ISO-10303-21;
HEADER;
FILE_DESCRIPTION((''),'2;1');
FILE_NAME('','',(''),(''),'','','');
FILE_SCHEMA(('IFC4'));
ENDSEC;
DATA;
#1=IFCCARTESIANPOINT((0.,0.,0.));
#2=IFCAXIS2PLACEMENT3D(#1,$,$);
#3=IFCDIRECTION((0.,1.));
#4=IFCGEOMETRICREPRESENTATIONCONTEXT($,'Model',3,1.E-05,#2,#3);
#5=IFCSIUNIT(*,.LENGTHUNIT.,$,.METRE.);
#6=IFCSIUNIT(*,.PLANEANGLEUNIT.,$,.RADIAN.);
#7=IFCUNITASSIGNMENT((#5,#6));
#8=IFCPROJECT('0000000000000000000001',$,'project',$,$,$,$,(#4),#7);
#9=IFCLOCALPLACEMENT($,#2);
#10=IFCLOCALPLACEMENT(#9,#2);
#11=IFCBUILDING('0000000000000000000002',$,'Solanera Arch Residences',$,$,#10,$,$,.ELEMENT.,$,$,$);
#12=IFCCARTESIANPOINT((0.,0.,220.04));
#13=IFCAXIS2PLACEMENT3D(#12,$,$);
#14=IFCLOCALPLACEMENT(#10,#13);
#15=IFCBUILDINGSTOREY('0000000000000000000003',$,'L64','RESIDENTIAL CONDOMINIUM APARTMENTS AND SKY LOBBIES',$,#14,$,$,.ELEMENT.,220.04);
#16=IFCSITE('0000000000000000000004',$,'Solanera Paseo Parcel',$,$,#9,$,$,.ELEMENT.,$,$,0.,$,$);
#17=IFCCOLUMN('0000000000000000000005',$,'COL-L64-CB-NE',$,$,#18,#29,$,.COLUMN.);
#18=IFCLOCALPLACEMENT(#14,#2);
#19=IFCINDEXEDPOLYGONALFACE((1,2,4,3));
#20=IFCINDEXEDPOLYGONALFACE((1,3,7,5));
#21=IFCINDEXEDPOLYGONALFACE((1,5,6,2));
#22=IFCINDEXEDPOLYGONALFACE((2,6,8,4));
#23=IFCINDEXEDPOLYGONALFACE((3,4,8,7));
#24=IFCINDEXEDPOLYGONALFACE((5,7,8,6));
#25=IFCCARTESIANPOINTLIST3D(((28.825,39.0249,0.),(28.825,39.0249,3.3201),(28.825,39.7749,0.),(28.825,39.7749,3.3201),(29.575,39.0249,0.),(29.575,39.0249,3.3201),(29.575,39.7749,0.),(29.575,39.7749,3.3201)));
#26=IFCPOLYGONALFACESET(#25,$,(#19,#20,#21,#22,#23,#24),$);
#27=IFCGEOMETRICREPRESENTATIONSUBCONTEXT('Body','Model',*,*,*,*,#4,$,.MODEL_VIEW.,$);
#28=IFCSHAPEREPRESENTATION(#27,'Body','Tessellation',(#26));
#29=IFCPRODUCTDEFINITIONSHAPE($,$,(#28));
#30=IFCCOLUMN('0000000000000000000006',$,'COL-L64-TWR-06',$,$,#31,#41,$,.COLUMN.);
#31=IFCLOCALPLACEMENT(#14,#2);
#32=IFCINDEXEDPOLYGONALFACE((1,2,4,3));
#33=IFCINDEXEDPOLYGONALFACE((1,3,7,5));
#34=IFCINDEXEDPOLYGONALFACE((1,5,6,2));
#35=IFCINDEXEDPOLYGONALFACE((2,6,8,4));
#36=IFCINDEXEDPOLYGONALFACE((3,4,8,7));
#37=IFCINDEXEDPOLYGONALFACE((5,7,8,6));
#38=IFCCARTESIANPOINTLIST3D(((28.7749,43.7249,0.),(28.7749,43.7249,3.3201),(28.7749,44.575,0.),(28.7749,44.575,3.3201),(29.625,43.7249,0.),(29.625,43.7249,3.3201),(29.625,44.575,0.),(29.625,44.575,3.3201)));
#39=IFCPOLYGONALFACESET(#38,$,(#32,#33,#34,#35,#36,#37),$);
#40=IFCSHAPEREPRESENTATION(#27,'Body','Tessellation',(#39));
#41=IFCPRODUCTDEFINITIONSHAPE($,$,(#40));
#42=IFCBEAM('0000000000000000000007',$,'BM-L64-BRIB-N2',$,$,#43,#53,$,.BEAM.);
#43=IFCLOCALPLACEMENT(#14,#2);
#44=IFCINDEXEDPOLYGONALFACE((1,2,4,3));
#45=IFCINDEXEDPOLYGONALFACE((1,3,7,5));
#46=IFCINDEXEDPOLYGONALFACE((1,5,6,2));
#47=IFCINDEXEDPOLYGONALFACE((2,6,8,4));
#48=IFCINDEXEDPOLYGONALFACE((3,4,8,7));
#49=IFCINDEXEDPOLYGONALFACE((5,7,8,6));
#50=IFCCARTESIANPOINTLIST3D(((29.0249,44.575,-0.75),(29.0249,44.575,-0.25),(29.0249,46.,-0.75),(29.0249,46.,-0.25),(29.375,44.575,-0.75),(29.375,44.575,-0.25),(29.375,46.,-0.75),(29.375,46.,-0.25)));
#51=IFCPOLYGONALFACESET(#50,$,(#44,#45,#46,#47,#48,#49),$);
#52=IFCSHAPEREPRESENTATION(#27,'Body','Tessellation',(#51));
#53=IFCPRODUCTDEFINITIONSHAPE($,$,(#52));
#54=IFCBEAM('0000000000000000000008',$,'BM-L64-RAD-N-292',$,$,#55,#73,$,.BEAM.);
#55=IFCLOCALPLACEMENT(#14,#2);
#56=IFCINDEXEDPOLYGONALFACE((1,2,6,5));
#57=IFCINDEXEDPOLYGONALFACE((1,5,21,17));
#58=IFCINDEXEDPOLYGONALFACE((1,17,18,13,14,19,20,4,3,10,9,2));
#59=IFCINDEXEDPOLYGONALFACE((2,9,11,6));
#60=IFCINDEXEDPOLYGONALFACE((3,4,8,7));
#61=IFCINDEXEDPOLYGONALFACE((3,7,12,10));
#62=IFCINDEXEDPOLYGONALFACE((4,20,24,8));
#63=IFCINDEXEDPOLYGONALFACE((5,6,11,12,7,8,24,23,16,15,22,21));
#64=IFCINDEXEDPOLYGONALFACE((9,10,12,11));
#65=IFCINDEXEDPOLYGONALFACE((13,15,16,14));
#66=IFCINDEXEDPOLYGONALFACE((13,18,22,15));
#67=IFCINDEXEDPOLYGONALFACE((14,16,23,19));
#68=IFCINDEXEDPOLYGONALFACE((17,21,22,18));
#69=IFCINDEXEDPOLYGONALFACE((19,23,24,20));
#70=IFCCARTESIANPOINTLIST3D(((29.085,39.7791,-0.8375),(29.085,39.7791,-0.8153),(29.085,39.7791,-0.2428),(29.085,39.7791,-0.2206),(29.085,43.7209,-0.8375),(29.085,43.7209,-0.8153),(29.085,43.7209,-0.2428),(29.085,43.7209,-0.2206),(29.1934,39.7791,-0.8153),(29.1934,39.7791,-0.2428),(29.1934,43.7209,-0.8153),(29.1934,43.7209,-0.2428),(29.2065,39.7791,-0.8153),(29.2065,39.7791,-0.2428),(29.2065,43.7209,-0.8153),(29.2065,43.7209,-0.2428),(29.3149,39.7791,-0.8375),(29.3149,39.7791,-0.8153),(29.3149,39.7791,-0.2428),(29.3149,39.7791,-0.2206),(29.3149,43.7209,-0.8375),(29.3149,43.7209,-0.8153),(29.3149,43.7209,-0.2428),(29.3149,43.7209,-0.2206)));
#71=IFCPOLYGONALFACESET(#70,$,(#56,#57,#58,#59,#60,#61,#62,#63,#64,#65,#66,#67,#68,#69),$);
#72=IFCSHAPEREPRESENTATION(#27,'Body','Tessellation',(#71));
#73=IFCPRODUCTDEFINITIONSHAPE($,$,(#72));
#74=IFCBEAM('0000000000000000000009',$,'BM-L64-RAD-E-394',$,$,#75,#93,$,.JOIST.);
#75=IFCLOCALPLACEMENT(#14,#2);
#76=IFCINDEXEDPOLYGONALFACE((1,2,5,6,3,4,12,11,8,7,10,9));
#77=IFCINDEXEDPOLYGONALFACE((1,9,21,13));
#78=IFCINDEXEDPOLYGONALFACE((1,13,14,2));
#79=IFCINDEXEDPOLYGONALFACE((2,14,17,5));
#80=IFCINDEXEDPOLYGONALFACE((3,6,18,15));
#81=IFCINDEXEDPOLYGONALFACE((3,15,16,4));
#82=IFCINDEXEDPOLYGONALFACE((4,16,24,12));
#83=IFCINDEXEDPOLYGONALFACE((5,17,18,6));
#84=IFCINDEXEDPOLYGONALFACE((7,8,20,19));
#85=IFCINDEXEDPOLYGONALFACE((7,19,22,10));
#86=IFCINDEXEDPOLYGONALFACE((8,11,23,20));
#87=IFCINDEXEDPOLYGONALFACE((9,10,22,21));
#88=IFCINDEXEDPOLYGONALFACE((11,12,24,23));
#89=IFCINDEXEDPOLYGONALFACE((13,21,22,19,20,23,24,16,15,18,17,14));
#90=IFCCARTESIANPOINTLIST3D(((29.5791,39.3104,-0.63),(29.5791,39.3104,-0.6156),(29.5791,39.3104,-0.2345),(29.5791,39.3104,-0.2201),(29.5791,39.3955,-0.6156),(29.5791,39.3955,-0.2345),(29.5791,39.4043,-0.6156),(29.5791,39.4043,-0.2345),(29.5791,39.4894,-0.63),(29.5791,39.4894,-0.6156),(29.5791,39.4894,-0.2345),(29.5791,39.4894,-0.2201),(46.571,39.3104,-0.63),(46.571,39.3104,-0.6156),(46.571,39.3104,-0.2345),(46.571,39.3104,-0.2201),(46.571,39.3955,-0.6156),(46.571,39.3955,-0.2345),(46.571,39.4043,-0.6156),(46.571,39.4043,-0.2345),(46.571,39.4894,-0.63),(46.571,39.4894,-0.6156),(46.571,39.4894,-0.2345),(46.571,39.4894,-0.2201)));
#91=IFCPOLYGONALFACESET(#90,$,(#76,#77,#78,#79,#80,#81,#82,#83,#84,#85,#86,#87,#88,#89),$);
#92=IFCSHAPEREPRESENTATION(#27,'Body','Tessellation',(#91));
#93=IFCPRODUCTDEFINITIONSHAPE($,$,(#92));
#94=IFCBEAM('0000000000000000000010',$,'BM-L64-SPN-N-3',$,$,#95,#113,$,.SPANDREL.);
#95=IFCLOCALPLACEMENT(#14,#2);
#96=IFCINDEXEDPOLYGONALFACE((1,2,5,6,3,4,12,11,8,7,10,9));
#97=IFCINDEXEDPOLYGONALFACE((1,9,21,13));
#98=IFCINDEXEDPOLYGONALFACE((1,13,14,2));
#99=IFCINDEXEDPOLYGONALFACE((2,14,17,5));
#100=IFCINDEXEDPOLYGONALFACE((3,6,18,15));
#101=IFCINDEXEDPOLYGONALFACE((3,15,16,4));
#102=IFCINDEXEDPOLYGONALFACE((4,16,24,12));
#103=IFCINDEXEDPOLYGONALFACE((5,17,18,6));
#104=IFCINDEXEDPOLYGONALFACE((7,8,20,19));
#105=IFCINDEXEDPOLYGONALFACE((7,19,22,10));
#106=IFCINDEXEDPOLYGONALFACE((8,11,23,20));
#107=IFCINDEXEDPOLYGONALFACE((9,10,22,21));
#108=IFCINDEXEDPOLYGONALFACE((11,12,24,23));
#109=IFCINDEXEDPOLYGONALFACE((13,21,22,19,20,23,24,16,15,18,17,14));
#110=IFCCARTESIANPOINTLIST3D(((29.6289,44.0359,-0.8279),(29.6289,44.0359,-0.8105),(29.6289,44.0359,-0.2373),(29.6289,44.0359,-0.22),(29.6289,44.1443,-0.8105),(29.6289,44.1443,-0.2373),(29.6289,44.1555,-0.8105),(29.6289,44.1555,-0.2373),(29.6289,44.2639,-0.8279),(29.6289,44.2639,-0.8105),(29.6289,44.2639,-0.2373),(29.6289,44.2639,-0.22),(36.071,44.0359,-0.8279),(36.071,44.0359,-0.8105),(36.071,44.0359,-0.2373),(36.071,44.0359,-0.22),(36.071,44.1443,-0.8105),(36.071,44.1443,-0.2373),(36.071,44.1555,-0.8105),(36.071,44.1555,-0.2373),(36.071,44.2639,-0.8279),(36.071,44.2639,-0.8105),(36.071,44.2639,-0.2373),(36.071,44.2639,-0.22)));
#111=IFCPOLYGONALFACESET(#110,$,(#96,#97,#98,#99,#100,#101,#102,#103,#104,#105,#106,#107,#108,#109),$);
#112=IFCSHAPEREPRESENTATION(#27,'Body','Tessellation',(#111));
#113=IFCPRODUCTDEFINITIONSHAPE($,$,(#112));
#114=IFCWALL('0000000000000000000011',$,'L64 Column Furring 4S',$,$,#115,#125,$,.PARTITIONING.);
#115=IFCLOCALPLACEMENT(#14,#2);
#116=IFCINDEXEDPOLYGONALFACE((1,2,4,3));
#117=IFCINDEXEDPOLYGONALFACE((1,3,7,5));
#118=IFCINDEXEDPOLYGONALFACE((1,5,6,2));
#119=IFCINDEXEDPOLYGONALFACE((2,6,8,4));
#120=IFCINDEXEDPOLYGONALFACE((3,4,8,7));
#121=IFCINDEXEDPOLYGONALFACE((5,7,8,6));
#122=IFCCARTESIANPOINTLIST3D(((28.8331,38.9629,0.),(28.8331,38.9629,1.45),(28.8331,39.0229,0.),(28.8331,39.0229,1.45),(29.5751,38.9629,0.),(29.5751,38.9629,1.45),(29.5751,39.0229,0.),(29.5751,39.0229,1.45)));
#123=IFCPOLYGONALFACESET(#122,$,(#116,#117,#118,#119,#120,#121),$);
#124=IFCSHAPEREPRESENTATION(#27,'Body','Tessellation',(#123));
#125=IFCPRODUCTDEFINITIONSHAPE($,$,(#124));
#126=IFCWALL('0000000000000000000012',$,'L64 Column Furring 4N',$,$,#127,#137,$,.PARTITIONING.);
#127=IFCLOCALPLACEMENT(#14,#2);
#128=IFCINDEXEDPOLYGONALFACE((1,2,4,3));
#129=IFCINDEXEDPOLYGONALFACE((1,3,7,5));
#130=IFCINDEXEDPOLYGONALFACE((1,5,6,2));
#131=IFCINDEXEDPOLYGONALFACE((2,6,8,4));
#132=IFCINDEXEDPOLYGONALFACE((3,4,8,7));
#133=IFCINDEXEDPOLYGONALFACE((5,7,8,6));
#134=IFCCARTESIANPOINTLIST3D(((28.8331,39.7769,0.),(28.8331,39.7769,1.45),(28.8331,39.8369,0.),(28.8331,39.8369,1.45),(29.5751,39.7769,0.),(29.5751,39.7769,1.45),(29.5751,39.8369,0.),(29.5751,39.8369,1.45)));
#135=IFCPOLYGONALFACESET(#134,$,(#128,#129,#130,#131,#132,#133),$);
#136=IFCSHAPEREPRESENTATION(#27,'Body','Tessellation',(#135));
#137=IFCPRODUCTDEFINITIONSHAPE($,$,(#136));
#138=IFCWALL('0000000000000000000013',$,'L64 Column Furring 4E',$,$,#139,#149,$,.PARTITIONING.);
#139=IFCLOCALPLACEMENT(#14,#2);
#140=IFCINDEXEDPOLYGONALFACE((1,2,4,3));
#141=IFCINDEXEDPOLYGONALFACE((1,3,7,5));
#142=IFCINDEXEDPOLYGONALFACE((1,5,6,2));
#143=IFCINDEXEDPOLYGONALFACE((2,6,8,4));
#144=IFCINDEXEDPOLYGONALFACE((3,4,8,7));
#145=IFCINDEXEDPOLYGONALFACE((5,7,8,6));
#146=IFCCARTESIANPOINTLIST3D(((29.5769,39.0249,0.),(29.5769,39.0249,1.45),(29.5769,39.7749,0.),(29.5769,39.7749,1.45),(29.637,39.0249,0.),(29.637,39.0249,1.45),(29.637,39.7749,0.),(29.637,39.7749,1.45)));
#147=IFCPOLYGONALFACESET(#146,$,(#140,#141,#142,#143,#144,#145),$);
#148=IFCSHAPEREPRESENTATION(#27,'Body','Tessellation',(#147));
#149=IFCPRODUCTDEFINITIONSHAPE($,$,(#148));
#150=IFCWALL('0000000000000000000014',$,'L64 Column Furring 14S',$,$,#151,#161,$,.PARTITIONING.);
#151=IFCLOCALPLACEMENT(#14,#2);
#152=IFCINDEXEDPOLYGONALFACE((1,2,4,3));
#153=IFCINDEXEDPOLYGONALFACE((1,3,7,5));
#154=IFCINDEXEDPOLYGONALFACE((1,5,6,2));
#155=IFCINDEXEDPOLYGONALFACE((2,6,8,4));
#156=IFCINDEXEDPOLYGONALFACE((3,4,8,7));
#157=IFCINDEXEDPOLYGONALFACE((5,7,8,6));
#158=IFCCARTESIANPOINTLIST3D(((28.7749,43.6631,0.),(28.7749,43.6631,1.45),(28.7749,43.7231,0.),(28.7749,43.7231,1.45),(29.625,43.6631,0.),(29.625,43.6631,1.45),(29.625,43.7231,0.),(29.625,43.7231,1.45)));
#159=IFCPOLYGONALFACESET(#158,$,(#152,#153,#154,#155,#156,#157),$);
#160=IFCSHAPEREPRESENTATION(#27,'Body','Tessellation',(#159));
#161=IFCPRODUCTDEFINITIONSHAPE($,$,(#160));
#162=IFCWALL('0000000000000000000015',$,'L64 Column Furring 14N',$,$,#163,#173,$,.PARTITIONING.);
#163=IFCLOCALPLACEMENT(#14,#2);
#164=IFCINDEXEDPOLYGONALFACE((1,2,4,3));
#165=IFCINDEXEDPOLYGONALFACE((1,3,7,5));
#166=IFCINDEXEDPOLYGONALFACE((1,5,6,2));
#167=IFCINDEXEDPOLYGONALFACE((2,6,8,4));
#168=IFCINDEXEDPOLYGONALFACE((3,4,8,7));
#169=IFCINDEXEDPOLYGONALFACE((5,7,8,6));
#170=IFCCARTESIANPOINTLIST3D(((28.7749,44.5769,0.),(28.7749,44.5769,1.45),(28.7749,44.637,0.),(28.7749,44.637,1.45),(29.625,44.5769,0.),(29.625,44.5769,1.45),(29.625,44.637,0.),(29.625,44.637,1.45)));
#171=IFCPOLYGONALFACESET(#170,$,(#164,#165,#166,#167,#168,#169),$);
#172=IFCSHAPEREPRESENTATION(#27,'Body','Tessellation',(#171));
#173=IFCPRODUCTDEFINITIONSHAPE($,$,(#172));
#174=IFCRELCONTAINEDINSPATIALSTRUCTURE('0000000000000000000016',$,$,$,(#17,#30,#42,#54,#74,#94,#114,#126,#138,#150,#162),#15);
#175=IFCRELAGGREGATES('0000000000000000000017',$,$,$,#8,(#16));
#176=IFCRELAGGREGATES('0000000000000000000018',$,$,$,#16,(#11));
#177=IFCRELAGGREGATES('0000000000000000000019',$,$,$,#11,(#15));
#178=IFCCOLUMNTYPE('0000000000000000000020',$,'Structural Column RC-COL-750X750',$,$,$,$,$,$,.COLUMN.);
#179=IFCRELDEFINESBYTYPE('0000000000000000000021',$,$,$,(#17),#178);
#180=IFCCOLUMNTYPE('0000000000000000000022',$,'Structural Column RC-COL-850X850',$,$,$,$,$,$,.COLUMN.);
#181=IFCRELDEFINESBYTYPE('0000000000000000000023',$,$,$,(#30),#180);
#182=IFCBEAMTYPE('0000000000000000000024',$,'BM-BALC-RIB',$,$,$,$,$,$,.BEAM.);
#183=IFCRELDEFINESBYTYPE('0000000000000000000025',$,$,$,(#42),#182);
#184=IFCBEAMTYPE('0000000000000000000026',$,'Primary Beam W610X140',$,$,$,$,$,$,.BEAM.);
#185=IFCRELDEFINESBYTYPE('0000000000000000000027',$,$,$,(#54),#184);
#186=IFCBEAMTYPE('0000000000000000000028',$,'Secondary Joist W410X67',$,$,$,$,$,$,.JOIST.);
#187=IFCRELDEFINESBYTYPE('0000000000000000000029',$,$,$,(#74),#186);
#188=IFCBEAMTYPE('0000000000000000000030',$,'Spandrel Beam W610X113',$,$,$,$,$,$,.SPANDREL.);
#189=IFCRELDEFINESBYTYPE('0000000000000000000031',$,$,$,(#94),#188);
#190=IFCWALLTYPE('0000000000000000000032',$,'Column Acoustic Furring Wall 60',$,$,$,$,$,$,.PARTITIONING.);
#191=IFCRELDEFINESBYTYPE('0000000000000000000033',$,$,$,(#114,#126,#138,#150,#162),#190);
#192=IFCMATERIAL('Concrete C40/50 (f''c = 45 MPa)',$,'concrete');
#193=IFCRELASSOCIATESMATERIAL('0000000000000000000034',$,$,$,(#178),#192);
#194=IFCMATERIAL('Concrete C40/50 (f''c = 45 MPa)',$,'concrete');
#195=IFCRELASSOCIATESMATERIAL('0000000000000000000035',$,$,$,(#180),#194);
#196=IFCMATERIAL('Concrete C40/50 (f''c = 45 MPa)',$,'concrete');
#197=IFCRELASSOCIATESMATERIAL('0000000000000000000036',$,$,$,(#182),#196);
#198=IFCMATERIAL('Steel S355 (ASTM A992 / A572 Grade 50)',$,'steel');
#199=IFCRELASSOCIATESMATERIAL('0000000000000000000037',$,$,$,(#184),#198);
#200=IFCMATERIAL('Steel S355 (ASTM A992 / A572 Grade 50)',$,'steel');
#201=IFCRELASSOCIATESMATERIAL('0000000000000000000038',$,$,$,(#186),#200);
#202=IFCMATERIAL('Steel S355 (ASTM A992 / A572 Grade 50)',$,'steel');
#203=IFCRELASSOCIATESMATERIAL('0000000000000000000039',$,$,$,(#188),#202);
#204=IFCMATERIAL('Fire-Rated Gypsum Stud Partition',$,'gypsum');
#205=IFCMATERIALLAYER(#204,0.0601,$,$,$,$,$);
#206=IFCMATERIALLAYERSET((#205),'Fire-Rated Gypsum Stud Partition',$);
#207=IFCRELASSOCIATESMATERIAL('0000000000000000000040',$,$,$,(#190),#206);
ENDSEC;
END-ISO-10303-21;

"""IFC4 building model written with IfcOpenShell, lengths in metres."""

from ifc_helpers import new_model, si_unit, direction, frame, frame_2d, origin, origin_2d, place, context, subcontext, project, spatial, rectangle, i_section, extrude, material, layer, layer_set, material_profile, profile_set, type_object, element, save


model = new_model("IFC4")

# Units and contexts
model_context = context("Model", 3, precision=1e-05, world=origin(), true_north=direction((0.0, 1.0)))
body_context = subcontext(model_context, "Body", "Model", "MODEL_VIEW")
ifc_project = project(units=[si_unit("LENGTHUNIT", "METRE"), si_unit("PLANEANGLEUNIT", "RADIAN")], contexts=[model_context])

# Site, building, storey
site_placement = place(None, origin())
site = spatial("IfcSite", under=ifc_project, at=site_placement, Name="Solanera Paseo Parcel", CompositionType="ELEMENT", RefElevation=0.0)
building_placement = place(site_placement, origin())
building = spatial("IfcBuilding", under=site, at=building_placement, Name="Solanera Arch Residences", CompositionType="ELEMENT")
storey_placement = place(building_placement, frame((0.0, 0.0, 220.04)))
storey = spatial("IfcBuildingStorey", under=building, at=storey_placement, Name="L64", Description="RESIDENTIAL CONDOMINIUM APARTMENTS AND SKY LOBBIES", CompositionType="ELEMENT", Elevation=220.04)

# Columns
ifc_material_1 = material(Name="Concrete C40/50 (f'c = 45 MPa)", Category="concrete")
ifc_material_profile_1 = material_profile(ifc_material_1, rectangle(XDim=0.75, YDim=0.75, at=origin_2d()))
ifc_profile_set_1 = profile_set([ifc_material_profile_1], Name="Concrete C40/50 (f'c = 45 MPa)")
column_type_1 = type_object("IfcColumnType", Name="Structural Column RC-COL-750X750", PredefinedType="COLUMN", material=ifc_profile_set_1)
column_1_placement = place(storey_placement, frame((29.2, 39.3999, 0.0), z_axis=(0.0, 0.0, 1.0), x_axis=(1.0, 0.0, 0.0)))
element("IfcColumn", 1, at=column_1_placement, inside=storey, type_object=column_type_1, Name="COL-L64-CB-NE", PredefinedType="COLUMN", context=body_context, shape_type="SweptSolid", body=[
    extrude(rectangle(XDim=0.75, YDim=0.75, at=origin_2d()), origin(), (0.0, 0.0, 1.0), 3.3201),
])
ifc_material_2 = material(Name="Concrete C40/50 (f'c = 45 MPa)", Category="concrete")
ifc_material_profile_2 = material_profile(ifc_material_2, rectangle(XDim=0.8501, YDim=0.8501, at=origin_2d()))
ifc_profile_set_2 = profile_set([ifc_material_profile_2], Name="Concrete C40/50 (f'c = 45 MPa)")
column_type_2 = type_object("IfcColumnType", Name="Structural Column RC-COL-850X850", PredefinedType="COLUMN", material=ifc_profile_set_2)
column_2_placement = place(storey_placement, frame((29.2, 44.1499, 0.0), z_axis=(0.0, 0.0, 1.0), x_axis=(1.0, 0.0, 0.0)))
element("IfcColumn", 2, at=column_2_placement, inside=storey, type_object=column_type_2, Name="COL-L64-TWR-06", PredefinedType="COLUMN", context=body_context, shape_type="SweptSolid", body=[
    extrude(rectangle(XDim=0.8501, YDim=0.8501, at=origin_2d()), origin(), (0.0, 0.0, 1.0), 3.3201),
])

# Beams
ifc_material_3 = material(Name="Concrete C40/50 (f'c = 45 MPa)", Category="concrete")
ifc_material_profile_3 = material_profile(ifc_material_3, rectangle(XDim=0.3501, YDim=0.5, at=origin_2d()))
ifc_profile_set_3 = profile_set([ifc_material_profile_3], Name="Concrete C40/50 (f'c = 45 MPa)")
beam_type_1 = type_object("IfcBeamType", Name="BM-BALC-RIB", PredefinedType="BEAM", material=ifc_profile_set_3)
beam_1_placement = place(storey_placement, frame((29.2, 44.575, -0.5), z_axis=(0.0, 1.0, 0.0), x_axis=(-1.0, 0.0, 0.0)))
element("IfcBeam", 3, at=beam_1_placement, inside=storey, type_object=beam_type_1, Name="BM-L64-BRIB-N2", PredefinedType="BEAM", context=body_context, shape_type="SweptSolid", body=[
    extrude(rectangle(XDim=0.3501, YDim=0.5, at=origin_2d()), origin(), (0.0, 0.0, 1.0), 1.425),
])
ifc_material_4 = material(Name="Steel S355 (ASTM A992 / A572 Grade 50)", Category="steel")
ifc_material_profile_4 = material_profile(ifc_material_4, i_section(OverallWidth=0.23, OverallDepth=0.6169, WebThickness=0.0132, FlangeThickness=0.0222, at=origin_2d()))
ifc_profile_set_4 = profile_set([ifc_material_profile_4], Name="Steel S355 (ASTM A992 / A572 Grade 50)")
beam_type_2 = type_object("IfcBeamType", Name="Primary Beam W610X140", PredefinedType="BEAM", material=ifc_profile_set_4)
beam_2_placement = place(storey_placement, frame((29.2, 39.7791, -0.5291), z_axis=(0.0, 1.0, 0.0), x_axis=(-1.0, 0.0, 0.0)))
element("IfcBeam", 4, at=beam_2_placement, inside=storey, type_object=beam_type_2, Name="BM-L64-RAD-N-292", PredefinedType="BEAM", context=body_context, shape_type="SweptSolid", body=[
    extrude(i_section(OverallWidth=0.23, OverallDepth=0.6169, WebThickness=0.0132, FlangeThickness=0.0222, at=origin_2d()), origin(), (0.0, 0.0, 1.0), 3.9419),
])
ifc_material_5 = material(Name="Steel S355 (ASTM A992 / A572 Grade 50)", Category="steel")
ifc_material_profile_5 = material_profile(ifc_material_5, i_section(OverallWidth=0.179, OverallDepth=0.4099, WebThickness=0.0088, FlangeThickness=0.0144, at=origin_2d()))
ifc_profile_set_5 = profile_set([ifc_material_profile_5], Name="Steel S355 (ASTM A992 / A572 Grade 50)")
beam_type_3 = type_object("IfcBeamType", Name="Secondary Joist W410X67", PredefinedType="JOIST", material=ifc_profile_set_5)
beam_3_placement = place(storey_placement, frame((29.5791, 39.3999, -0.425), z_axis=(1.0, 0.0, 0.0), x_axis=(0.0, 1.0, 0.0)))
element("IfcBeam", 5, at=beam_3_placement, inside=storey, type_object=beam_type_3, Name="BM-L64-RAD-E-394", PredefinedType="JOIST", context=body_context, shape_type="SweptSolid", body=[
    extrude(i_section(OverallWidth=0.179, OverallDepth=0.4099, WebThickness=0.0088, FlangeThickness=0.0144, at=origin_2d()), origin(), (0.0, 0.0, 1.0), 16.9919),
])
ifc_material_6 = material(Name="Steel S355 (ASTM A992 / A572 Grade 50)", Category="steel")
ifc_material_profile_6 = material_profile(ifc_material_6, i_section(OverallWidth=0.228, OverallDepth=0.6079, WebThickness=0.0112, FlangeThickness=0.0173, at=origin_2d()))
ifc_profile_set_6 = profile_set([ifc_material_profile_6], Name="Steel S355 (ASTM A992 / A572 Grade 50)")
beam_type_4 = type_object("IfcBeamType", Name="Spandrel Beam W610X113", PredefinedType="SPANDREL", material=ifc_profile_set_6)
beam_4_placement = place(storey_placement, frame((29.6289, 44.1499, -0.5239), z_axis=(1.0, 0.0, 0.0), x_axis=(0.0, 1.0, 0.0)))
element("IfcBeam", 6, at=beam_4_placement, inside=storey, type_object=beam_type_4, Name="BM-L64-SPN-N-3", PredefinedType="SPANDREL", context=body_context, shape_type="SweptSolid", body=[
    extrude(i_section(OverallWidth=0.228, OverallDepth=0.6079, WebThickness=0.0112, FlangeThickness=0.0173, at=origin_2d()), origin(), (0.0, 0.0, 1.0), 6.4421),
])

# Walls
ifc_material_7 = material(Name="Fire-Rated Gypsum Stud Partition", Category="gypsum")
ifc_layer_1 = layer(ifc_material_7, 0.0601)
ifc_layer_set_1 = layer_set([ifc_layer_1], Name="Fire-Rated Gypsum Stud Partition")
wall_type_1 = type_object("IfcWallType", Name="Column Acoustic Furring Wall 60", PredefinedType="PARTITIONING", material=ifc_layer_set_1)
for number, where, z_axis, x_axis, name in (
    (7, (28.833, 38.9929, 0.0), (0.0, 0.0, 1.0), (1.0, 0.0, 0.0), "L64 Column Furring 4S"),
    (8, (28.833, 39.8069, 0.0), (0.0, 0.0, 1.0), (1.0, 0.0, 0.0), "L64 Column Furring 4N"),
):
    element("IfcWall", number, at=place(storey_placement, frame(where, z_axis=z_axis, x_axis=x_axis)), inside=storey, type_object=wall_type_1, Name=name, PredefinedType="PARTITIONING", context=body_context, shape_type="SweptSolid", body=[
        extrude(rectangle(XDim=0.7419, YDim=0.0601, at=frame_2d((0.3711, 0.0))), origin(), (0.0, 0.0, 1.0), 1.45),
    ])
wall_1_placement = place(storey_placement, frame((29.6069, 39.0249, 0.0), z_axis=(0.0, 0.0, 1.0), x_axis=(0.0, 1.0, 0.0)))
element("IfcWall", 9, at=wall_1_placement, inside=storey, type_object=wall_type_1, Name="L64 Column Furring 4E", PredefinedType="PARTITIONING", context=body_context, shape_type="SweptSolid", body=[
    extrude(rectangle(XDim=0.75, YDim=0.0601, at=frame_2d((0.375, 0.0))), origin(), (0.0, 0.0, 1.0), 1.45),
])
for number, where, z_axis, x_axis, name in (
    (10, (28.7749, 43.6931, 0.0), (0.0, 0.0, 1.0), (1.0, 0.0, 0.0), "L64 Column Furring 14S"),
    (11, (28.7749, 44.6069, 0.0), (0.0, 0.0, 1.0), (1.0, 0.0, 0.0), "L64 Column Furring 14N"),
):
    element("IfcWall", number, at=place(storey_placement, frame(where, z_axis=z_axis, x_axis=x_axis)), inside=storey, type_object=wall_type_1, Name=name, PredefinedType="PARTITIONING", context=body_context, shape_type="SweptSolid", body=[
        extrude(rectangle(XDim=0.8501, YDim=0.0601, at=frame_2d((0.425, 0.0))), origin(), (0.0, 0.0, 1.0), 1.45),
    ])

save(model, "model.ifc")
